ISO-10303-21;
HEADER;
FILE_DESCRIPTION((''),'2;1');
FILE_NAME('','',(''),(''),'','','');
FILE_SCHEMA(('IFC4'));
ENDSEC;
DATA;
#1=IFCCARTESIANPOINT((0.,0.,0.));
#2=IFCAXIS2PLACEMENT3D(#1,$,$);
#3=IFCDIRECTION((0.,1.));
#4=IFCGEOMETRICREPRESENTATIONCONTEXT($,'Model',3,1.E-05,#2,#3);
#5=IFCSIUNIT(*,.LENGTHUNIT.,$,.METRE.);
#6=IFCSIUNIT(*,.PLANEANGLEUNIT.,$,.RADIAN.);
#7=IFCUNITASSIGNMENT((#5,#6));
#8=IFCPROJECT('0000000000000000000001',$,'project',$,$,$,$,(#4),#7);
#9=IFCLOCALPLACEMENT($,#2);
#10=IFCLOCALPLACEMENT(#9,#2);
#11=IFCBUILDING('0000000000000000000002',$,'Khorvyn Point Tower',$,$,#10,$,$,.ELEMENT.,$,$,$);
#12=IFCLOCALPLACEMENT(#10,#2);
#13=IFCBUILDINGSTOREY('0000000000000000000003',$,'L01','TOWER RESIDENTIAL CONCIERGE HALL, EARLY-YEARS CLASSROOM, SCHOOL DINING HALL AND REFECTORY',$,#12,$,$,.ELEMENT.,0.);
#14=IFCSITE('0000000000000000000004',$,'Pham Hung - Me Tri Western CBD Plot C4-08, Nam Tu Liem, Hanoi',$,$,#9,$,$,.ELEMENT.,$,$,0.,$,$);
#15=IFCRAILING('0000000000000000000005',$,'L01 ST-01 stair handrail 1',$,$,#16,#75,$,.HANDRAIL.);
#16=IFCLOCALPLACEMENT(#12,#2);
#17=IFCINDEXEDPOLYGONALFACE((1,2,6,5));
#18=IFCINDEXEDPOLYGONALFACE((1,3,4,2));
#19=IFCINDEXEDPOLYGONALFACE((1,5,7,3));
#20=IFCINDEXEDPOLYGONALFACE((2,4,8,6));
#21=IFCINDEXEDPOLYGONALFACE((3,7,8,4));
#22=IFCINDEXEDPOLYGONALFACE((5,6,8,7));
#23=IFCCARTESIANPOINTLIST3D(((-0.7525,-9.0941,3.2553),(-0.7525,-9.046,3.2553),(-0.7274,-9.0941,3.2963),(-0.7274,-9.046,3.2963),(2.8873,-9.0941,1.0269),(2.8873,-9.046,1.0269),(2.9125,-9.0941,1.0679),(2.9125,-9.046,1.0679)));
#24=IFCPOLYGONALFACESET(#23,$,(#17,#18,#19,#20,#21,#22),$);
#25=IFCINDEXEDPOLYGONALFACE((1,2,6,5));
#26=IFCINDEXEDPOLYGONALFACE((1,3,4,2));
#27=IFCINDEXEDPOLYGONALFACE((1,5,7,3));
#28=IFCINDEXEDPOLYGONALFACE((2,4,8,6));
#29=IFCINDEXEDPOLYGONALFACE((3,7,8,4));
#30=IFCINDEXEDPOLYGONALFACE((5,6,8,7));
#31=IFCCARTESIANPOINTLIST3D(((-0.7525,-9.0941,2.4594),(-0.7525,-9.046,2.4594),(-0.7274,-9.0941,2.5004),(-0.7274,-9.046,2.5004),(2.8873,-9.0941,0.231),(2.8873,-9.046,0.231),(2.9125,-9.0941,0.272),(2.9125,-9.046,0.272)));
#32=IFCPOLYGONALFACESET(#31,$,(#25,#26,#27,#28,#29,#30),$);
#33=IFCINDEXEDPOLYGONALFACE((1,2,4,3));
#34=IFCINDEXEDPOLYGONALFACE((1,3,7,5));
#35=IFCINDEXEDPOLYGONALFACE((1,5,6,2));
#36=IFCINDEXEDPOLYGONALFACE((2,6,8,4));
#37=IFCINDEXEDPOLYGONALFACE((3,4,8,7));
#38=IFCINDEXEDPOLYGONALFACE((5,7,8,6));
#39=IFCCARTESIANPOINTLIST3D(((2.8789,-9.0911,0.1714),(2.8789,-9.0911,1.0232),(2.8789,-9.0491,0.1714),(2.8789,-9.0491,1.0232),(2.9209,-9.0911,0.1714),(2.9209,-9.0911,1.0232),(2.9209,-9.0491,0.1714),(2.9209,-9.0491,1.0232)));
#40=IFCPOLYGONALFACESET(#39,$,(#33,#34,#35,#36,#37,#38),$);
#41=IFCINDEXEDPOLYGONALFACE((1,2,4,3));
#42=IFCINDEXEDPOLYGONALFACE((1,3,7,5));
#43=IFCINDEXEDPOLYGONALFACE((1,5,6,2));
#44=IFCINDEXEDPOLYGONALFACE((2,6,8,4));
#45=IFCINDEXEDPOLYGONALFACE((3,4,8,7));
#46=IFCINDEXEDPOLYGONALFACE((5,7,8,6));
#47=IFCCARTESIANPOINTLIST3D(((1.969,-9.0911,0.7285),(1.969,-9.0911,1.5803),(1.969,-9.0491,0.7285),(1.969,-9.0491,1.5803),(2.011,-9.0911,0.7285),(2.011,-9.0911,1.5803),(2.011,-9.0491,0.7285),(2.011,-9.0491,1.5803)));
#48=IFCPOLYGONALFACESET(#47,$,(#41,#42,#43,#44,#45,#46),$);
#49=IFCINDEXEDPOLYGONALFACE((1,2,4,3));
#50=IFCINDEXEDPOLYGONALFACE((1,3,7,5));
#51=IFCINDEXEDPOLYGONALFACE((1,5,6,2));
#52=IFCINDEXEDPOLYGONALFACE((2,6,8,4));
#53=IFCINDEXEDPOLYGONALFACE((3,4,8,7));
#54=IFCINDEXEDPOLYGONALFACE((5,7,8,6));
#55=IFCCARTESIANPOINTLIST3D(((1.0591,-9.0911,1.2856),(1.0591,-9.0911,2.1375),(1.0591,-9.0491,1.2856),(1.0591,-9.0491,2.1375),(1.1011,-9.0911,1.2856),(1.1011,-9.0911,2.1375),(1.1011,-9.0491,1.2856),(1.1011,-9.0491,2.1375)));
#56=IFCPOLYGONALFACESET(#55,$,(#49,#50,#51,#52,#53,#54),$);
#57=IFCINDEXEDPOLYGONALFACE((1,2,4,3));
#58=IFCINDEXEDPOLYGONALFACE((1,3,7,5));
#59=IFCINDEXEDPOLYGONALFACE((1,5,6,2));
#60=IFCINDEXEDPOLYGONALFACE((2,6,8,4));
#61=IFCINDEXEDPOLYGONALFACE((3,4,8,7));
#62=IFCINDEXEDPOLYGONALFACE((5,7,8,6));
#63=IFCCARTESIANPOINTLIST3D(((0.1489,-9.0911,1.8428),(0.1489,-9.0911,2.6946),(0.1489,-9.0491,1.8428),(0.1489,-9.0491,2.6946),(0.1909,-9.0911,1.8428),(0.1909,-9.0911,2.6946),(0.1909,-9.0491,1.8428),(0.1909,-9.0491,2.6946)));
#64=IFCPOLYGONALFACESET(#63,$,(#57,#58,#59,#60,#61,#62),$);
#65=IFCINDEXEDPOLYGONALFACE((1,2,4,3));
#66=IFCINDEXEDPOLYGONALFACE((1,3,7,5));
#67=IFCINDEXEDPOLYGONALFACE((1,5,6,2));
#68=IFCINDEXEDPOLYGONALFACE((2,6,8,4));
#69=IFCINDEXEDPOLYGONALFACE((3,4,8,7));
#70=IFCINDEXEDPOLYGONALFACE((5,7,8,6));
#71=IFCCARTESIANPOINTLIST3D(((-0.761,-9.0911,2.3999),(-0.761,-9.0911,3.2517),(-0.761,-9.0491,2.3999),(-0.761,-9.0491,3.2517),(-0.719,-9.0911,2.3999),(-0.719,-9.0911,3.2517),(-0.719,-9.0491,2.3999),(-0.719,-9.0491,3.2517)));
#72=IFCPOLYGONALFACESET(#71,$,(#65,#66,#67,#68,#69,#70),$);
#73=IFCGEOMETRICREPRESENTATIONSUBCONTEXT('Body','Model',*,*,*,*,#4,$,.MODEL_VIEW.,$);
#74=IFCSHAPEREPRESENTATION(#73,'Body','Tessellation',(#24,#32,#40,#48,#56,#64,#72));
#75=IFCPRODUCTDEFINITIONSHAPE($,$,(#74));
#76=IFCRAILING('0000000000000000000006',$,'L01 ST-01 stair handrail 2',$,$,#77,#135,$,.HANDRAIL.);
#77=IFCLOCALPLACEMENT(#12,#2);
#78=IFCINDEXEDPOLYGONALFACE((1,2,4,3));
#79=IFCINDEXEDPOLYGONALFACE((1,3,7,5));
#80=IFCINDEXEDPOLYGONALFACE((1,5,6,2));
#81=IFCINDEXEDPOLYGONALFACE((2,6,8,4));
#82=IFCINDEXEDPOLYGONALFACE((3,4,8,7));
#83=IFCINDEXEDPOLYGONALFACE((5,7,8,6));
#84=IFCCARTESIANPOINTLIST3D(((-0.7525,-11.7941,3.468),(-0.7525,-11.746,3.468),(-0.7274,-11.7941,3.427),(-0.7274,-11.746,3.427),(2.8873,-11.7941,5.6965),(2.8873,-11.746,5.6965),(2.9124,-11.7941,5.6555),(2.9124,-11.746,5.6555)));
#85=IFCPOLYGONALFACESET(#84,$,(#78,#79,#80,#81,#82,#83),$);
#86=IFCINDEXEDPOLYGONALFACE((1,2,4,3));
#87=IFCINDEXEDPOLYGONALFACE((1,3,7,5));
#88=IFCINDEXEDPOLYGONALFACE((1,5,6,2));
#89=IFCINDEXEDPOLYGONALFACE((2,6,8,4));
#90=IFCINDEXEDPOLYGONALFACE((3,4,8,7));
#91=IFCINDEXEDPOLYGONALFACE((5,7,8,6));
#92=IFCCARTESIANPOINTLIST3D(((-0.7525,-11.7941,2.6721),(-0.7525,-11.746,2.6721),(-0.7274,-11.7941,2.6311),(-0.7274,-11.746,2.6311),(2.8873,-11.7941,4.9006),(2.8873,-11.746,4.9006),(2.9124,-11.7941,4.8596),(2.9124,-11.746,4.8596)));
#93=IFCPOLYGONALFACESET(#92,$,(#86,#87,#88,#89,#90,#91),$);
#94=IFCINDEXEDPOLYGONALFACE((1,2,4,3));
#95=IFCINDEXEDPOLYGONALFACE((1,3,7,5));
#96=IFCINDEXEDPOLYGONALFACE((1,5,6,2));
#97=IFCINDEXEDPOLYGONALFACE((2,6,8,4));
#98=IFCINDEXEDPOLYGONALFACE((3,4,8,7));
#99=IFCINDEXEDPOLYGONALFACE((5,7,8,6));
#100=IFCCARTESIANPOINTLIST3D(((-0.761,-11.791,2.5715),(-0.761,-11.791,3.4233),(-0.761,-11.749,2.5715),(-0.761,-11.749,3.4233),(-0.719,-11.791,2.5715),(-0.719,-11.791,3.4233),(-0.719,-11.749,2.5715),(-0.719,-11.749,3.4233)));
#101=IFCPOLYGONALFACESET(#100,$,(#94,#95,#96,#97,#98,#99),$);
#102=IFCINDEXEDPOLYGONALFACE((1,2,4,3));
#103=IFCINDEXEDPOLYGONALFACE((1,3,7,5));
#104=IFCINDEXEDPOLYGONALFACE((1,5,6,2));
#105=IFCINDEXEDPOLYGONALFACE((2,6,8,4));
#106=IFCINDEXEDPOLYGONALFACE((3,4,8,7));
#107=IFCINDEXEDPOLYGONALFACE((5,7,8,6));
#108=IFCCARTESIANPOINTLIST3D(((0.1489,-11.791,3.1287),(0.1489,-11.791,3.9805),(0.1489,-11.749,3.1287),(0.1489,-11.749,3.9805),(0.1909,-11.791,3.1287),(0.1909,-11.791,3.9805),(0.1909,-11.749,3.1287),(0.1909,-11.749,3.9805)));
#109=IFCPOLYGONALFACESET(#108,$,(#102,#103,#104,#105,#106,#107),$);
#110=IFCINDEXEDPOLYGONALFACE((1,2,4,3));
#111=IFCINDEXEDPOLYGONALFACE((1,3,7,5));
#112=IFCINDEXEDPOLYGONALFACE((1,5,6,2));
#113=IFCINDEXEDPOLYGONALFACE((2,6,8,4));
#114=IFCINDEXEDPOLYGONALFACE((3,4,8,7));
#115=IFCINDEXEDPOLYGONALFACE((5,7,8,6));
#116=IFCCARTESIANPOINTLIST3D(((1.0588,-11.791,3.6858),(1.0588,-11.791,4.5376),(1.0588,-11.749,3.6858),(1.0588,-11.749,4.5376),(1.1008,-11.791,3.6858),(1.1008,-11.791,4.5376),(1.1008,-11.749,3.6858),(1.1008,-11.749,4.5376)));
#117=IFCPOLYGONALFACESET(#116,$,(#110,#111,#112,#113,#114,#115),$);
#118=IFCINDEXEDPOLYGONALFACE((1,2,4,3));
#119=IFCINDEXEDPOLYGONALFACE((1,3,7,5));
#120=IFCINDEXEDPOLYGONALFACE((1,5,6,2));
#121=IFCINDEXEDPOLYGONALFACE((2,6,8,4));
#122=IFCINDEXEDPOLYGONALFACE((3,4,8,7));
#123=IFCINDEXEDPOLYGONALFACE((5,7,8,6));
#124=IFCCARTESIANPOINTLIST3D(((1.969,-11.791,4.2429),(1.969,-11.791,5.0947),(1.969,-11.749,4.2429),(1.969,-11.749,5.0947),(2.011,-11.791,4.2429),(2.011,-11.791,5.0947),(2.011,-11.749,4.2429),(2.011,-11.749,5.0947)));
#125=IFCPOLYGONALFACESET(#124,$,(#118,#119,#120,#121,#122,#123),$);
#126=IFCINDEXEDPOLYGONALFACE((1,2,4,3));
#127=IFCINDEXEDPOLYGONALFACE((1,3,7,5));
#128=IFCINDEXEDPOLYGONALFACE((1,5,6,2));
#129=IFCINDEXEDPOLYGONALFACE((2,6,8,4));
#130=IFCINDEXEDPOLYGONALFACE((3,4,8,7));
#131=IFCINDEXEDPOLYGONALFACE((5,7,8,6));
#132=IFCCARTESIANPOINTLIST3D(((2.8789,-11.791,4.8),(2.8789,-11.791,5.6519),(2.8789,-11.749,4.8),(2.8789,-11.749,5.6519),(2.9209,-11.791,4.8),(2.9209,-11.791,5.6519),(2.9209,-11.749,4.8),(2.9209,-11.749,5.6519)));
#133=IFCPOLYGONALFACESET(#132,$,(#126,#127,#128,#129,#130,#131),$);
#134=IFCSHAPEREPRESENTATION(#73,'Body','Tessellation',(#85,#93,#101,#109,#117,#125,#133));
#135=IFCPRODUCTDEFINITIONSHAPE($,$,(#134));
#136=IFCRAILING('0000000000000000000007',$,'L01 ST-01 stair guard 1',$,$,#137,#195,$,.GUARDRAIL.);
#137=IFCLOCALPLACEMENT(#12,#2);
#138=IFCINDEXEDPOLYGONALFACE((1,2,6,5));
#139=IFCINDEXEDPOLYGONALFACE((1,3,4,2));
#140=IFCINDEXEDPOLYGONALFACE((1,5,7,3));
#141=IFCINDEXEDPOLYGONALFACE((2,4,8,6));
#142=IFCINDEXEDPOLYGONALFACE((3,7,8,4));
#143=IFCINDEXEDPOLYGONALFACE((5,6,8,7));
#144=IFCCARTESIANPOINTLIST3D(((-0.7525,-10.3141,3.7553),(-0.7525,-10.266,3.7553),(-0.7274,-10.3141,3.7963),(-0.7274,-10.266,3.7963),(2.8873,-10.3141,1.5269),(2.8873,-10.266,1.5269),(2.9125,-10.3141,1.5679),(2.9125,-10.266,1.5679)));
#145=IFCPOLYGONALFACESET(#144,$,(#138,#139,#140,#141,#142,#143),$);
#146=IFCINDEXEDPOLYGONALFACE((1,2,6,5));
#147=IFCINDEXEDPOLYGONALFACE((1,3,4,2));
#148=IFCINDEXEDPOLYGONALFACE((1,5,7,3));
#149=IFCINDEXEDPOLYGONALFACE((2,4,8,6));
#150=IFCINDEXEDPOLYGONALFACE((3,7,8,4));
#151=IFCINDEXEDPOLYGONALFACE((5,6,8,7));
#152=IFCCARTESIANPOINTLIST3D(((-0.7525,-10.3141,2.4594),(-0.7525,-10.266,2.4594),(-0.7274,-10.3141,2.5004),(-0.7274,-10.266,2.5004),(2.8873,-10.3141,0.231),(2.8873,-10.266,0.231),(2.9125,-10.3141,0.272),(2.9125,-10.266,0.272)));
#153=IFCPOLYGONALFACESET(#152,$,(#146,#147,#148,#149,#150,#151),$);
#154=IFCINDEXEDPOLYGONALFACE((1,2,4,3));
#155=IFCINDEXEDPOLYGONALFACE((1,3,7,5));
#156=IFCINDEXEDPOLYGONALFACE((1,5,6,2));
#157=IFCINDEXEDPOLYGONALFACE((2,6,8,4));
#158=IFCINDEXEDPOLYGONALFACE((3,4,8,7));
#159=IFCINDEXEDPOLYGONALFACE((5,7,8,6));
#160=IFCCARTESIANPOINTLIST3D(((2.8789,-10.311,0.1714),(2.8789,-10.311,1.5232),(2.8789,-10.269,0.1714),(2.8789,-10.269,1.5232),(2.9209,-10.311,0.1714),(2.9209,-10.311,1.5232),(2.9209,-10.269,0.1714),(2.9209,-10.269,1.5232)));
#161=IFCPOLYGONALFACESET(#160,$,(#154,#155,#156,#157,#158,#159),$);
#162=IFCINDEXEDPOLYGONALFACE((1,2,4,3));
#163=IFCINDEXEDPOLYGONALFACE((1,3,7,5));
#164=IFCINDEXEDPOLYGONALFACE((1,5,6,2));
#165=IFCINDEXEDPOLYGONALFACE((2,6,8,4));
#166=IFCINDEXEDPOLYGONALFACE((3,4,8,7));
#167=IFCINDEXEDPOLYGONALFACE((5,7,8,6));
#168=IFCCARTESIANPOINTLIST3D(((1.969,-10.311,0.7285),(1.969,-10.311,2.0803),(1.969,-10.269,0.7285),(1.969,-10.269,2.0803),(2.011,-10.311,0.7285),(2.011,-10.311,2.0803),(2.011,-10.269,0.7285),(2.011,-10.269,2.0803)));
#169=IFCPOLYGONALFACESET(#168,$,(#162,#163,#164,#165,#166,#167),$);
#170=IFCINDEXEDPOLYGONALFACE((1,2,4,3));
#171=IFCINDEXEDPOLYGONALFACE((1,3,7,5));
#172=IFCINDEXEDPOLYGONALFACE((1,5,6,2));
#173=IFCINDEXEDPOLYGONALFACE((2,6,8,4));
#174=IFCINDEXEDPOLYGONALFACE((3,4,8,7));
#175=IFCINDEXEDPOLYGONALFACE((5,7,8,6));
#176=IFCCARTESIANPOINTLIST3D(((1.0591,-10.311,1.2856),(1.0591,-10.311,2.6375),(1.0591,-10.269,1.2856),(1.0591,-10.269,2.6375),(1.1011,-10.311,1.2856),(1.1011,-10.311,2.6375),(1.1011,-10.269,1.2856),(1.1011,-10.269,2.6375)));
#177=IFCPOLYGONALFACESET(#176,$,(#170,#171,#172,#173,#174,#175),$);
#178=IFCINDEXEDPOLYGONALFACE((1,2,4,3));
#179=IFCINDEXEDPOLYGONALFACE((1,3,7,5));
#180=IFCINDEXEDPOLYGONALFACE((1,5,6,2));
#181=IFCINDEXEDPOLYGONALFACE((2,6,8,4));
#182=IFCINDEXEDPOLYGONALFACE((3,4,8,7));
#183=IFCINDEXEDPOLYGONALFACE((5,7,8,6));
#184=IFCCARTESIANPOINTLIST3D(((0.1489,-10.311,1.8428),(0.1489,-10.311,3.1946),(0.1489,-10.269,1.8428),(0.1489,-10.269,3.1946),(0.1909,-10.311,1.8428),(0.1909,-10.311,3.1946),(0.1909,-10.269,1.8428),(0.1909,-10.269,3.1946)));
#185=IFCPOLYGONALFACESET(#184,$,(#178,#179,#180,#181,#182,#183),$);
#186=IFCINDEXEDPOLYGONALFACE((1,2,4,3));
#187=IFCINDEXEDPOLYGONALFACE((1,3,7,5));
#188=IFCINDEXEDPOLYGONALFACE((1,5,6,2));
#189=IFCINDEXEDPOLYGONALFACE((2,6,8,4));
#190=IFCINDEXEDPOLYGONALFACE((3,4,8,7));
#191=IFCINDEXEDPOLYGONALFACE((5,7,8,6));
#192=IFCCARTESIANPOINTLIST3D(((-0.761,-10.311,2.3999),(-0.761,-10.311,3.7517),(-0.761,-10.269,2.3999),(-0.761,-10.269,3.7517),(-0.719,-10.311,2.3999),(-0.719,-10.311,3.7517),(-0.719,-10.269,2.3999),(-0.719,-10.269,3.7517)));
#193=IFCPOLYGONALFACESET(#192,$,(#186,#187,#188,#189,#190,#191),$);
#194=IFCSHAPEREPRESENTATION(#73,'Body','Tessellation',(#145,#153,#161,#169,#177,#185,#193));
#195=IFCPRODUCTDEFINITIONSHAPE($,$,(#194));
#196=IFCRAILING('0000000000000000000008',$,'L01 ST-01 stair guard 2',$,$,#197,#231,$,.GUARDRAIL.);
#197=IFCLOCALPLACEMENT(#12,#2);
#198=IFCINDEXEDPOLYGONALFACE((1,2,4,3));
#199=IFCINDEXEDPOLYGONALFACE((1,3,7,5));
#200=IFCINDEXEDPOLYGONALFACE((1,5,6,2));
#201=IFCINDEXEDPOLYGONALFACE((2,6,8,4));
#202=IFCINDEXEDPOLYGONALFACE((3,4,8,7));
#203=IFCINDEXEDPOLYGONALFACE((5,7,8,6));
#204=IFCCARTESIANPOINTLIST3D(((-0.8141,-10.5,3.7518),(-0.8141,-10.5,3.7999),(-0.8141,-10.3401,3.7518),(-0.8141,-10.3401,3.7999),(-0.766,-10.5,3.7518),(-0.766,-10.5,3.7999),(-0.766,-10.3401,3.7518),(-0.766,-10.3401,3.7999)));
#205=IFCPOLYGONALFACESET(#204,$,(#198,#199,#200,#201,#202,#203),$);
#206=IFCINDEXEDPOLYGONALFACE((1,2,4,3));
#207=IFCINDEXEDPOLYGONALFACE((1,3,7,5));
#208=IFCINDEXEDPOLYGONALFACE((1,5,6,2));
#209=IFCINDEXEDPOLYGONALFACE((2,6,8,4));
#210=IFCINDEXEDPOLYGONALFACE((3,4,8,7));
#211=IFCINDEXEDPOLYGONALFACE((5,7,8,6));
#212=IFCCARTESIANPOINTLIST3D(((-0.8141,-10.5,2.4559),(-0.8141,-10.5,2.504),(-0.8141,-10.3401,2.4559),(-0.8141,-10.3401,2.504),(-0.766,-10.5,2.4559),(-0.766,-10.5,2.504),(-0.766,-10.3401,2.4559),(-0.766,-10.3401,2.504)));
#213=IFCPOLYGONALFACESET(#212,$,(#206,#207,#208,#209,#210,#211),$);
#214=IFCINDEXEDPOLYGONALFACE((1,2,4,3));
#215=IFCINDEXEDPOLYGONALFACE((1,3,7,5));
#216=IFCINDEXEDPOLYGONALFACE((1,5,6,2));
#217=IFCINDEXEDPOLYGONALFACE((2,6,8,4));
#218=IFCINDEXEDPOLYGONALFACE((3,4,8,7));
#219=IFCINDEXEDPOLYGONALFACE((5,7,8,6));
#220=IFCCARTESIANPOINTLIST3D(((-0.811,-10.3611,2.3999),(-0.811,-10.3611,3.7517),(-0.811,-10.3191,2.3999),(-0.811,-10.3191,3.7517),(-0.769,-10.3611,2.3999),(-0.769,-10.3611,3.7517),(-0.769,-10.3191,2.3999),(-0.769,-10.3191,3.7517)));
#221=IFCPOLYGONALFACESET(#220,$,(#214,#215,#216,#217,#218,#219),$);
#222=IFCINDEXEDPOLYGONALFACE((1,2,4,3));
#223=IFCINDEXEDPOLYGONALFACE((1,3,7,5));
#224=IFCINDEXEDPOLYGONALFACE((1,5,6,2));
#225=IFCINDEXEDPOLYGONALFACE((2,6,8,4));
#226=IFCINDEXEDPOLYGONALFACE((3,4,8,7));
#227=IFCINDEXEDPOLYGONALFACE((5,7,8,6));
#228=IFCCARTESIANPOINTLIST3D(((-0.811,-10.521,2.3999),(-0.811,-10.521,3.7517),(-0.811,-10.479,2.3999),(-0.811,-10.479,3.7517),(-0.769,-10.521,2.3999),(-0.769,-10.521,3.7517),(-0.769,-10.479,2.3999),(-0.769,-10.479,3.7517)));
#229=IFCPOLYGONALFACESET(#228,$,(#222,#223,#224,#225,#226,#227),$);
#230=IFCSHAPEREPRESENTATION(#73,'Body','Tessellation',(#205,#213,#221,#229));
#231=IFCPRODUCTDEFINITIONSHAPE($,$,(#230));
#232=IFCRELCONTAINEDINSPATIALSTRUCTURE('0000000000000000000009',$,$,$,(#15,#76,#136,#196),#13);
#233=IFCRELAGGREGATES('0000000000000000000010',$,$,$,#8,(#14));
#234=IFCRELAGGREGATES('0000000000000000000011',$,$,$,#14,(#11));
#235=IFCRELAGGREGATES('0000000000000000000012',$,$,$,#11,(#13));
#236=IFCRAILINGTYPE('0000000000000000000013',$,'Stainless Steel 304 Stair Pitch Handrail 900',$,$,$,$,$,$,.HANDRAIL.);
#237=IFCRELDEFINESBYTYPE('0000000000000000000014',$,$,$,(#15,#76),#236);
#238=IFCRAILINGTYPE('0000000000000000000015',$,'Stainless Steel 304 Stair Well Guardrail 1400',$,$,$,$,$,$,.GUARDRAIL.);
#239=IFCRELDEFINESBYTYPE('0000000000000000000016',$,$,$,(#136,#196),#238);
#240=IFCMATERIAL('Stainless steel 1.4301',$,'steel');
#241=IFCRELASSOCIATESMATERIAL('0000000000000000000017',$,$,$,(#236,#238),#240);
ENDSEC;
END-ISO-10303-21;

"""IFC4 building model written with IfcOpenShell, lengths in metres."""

from ifc_helpers import new_model, si_unit, direction, frame, origin, origin_2d, place, context, subcontext, project, spatial, rectangle, extrude, material, type_object, element, save


model = new_model("IFC4")

# Units and contexts
model_context = context("Model", 3, precision=1e-05, world=origin(), true_north=direction((0.0, 1.0)))
body_context = subcontext(model_context, "Body", "Model", "MODEL_VIEW")
ifc_project = project(units=[si_unit("LENGTHUNIT", "METRE"), si_unit("PLANEANGLEUNIT", "RADIAN")], contexts=[model_context])

# Site, building, storey
site_placement = place(None, origin())
site = spatial("IfcSite", under=ifc_project, at=site_placement, Name="Pham Hung - Me Tri Western CBD Plot C4-08, Nam Tu Liem, Hanoi", CompositionType="ELEMENT", RefElevation=0.0)
building_placement = place(site_placement, origin())
building = spatial("IfcBuilding", under=site, at=building_placement, Name="Khorvyn Point Tower", CompositionType="ELEMENT")
storey_placement = place(building_placement, origin())
storey = spatial("IfcBuildingStorey", under=building, at=storey_placement, Name="L01", Description="TOWER RESIDENTIAL CONCIERGE HALL, EARLY-YEARS CLASSROOM, SCHOOL DINING HALL AND REFECTORY", CompositionType="ELEMENT", Elevation=0.0)

# Shared definitions
ifc_material_1 = material(Name="Stainless steel 1.4301", Category="steel")

# Railings
railing_type_1 = type_object("IfcRailingType", Name="Stainless Steel 304 Stair Pitch Handrail 900", PredefinedType="HANDRAIL", material=ifc_material_1)
railing_1_placement = place(storey_placement, frame((2.8999, -9.0701, 0.1714)))
element("IfcRailing", 1, at=railing_1_placement, inside=storey, type_object=railing_type_1, Name="L01 ST-01 stair handrail 1", PredefinedType="HANDRAIL", context=body_context, shape_type="SweptSolid", body=[
    extrude(rectangle(XDim=0.0481, YDim=0.0481, at=origin_2d()), frame((0.0, 0.0, 0.876), z_axis=(-0.85285, 0.0, 0.522156), x_axis=(0.0, -1.0, 0.0)), (0.0, 0.0, 1.0), 4.2678),
    extrude(rectangle(XDim=0.0481, YDim=0.0481, at=origin_2d()), frame((0.0, 0.0, 0.0801), z_axis=(-0.85285, 0.0, 0.522156), x_axis=(0.0, -1.0, 0.0)), (0.0, 0.0, 1.0), 4.2678),
    extrude(rectangle(XDim=0.042, YDim=0.042, at=origin_2d()), origin(), (0.0, 0.0, 1.0), 0.8518),
    extrude(rectangle(XDim=0.042, YDim=0.042, at=origin_2d()), frame((-0.9099, 0.0, 0.5571)), (0.0, 0.0, 1.0), 0.8518),
    extrude(rectangle(XDim=0.042, YDim=0.042, at=origin_2d()), frame((-1.8198, 0.0, 1.1143)), (0.0, 0.0, 1.0), 0.8518),
    extrude(rectangle(XDim=0.042, YDim=0.042, at=origin_2d()), frame((-2.73, 0.0, 1.6714)), (0.0, 0.0, 1.0), 0.8518),
    extrude(rectangle(XDim=0.042, YDim=0.042, at=origin_2d()), frame((-3.6399, 0.0, 2.2285)), (0.0, 0.0, 1.0), 0.8518),
])
railing_2_placement = place(storey_placement, frame((-0.74, -11.77, 2.5715)))
element("IfcRailing", 2, at=railing_2_placement, inside=storey, type_object=railing_type_1, Name="L01 ST-01 stair handrail 2", PredefinedType="HANDRAIL", context=body_context, shape_type="SweptSolid", body=[
    extrude(rectangle(XDim=0.0481, YDim=0.0481, at=origin_2d()), frame((0.0, 0.0, 0.876), z_axis=(0.85285, 0.0, 0.522156), x_axis=(0.0, 1.0, 0.0)), (0.0, 0.0, 1.0), 4.2678),
    extrude(rectangle(XDim=0.0481, YDim=0.0481, at=origin_2d()), frame((0.0, 0.0, 0.0801), z_axis=(0.85285, 0.0, 0.522156), x_axis=(0.0, 1.0, 0.0)), (0.0, 0.0, 1.0), 4.2678),
    extrude(rectangle(XDim=0.042, YDim=0.042, at=origin_2d()), origin(), (0.0, 0.0, 1.0), 0.8518),
    extrude(rectangle(XDim=0.042, YDim=0.042, at=origin_2d()), frame((0.9099, 0.0, 0.5571)), (0.0, 0.0, 1.0), 0.8518),
    extrude(rectangle(XDim=0.042, YDim=0.042, at=origin_2d()), frame((1.8198, 0.0, 1.1143)), (0.0, 0.0, 1.0), 0.8518),
    extrude(rectangle(XDim=0.042, YDim=0.042, at=origin_2d()), frame((2.73, 0.0, 1.6714)), (0.0, 0.0, 1.0), 0.8518),
    extrude(rectangle(XDim=0.042, YDim=0.042, at=origin_2d()), frame((3.6399, 0.0, 2.2285)), (0.0, 0.0, 1.0), 0.8518),
])
railing_type_2 = type_object("IfcRailingType", Name="Stainless Steel 304 Stair Well Guardrail 1400", PredefinedType="GUARDRAIL", material=ifc_material_1)
railing_3_placement = place(storey_placement, frame((2.8999, -10.29, 0.1714)))
element("IfcRailing", 3, at=railing_3_placement, inside=storey, type_object=railing_type_2, Name="L01 ST-01 stair guard 1", PredefinedType="GUARDRAIL", context=body_context, shape_type="SweptSolid", body=[
    extrude(rectangle(XDim=0.0481, YDim=0.0481, at=origin_2d()), frame((0.0, 0.0, 1.376), z_axis=(-0.85285, 0.0, 0.522156), x_axis=(0.0, -1.0, 0.0)), (0.0, 0.0, 1.0), 4.2678),
    extrude(rectangle(XDim=0.0481, YDim=0.0481, at=origin_2d()), frame((0.0, 0.0, 0.0801), z_axis=(-0.85285, 0.0, 0.522156), x_axis=(0.0, -1.0, 0.0)), (0.0, 0.0, 1.0), 4.2678),
    extrude(rectangle(XDim=0.042, YDim=0.042, at=origin_2d()), origin(), (0.0, 0.0, 1.0), 1.3518),
    extrude(rectangle(XDim=0.042, YDim=0.042, at=origin_2d()), frame((-0.9099, 0.0, 0.5571)), (0.0, 0.0, 1.0), 1.3518),
    extrude(rectangle(XDim=0.042, YDim=0.042, at=origin_2d()), frame((-1.8198, 0.0, 1.1143)), (0.0, 0.0, 1.0), 1.3518),
    extrude(rectangle(XDim=0.042, YDim=0.042, at=origin_2d()), frame((-2.73, 0.0, 1.6714)), (0.0, 0.0, 1.0), 1.3518),
    extrude(rectangle(XDim=0.042, YDim=0.042, at=origin_2d()), frame((-3.6399, 0.0, 2.2285)), (0.0, 0.0, 1.0), 1.3518),
])
railing_4_placement = place(storey_placement, frame((-0.79, -10.3401, 2.3999)))
element("IfcRailing", 4, at=railing_4_placement, inside=storey, type_object=railing_type_2, Name="L01 ST-01 stair guard 2", PredefinedType="GUARDRAIL", context=body_context, shape_type="SweptSolid", body=[
    extrude(rectangle(XDim=0.0481, YDim=0.0481, at=origin_2d()), frame((0.0, 0.0, 1.376), z_axis=(0.0, -1.0, 0.0), x_axis=(1.0, 0.0, 0.0)), (0.0, 0.0, 1.0), 0.1599),
    extrude(rectangle(XDim=0.0481, YDim=0.0481, at=origin_2d()), frame((0.0, 0.0, 0.0801), z_axis=(0.0, -1.0, 0.0), x_axis=(1.0, 0.0, 0.0)), (0.0, 0.0, 1.0), 0.1599),
    extrude(rectangle(XDim=0.042, YDim=0.042, at=origin_2d()), origin(), (0.0, 0.0, 1.0), 1.3518),
    extrude(rectangle(XDim=0.042, YDim=0.042, at=origin_2d()), frame((0.0, -0.1599, 0.0)), (0.0, 0.0, 1.0), 1.3518),
])

save(model, "model.ifc")
